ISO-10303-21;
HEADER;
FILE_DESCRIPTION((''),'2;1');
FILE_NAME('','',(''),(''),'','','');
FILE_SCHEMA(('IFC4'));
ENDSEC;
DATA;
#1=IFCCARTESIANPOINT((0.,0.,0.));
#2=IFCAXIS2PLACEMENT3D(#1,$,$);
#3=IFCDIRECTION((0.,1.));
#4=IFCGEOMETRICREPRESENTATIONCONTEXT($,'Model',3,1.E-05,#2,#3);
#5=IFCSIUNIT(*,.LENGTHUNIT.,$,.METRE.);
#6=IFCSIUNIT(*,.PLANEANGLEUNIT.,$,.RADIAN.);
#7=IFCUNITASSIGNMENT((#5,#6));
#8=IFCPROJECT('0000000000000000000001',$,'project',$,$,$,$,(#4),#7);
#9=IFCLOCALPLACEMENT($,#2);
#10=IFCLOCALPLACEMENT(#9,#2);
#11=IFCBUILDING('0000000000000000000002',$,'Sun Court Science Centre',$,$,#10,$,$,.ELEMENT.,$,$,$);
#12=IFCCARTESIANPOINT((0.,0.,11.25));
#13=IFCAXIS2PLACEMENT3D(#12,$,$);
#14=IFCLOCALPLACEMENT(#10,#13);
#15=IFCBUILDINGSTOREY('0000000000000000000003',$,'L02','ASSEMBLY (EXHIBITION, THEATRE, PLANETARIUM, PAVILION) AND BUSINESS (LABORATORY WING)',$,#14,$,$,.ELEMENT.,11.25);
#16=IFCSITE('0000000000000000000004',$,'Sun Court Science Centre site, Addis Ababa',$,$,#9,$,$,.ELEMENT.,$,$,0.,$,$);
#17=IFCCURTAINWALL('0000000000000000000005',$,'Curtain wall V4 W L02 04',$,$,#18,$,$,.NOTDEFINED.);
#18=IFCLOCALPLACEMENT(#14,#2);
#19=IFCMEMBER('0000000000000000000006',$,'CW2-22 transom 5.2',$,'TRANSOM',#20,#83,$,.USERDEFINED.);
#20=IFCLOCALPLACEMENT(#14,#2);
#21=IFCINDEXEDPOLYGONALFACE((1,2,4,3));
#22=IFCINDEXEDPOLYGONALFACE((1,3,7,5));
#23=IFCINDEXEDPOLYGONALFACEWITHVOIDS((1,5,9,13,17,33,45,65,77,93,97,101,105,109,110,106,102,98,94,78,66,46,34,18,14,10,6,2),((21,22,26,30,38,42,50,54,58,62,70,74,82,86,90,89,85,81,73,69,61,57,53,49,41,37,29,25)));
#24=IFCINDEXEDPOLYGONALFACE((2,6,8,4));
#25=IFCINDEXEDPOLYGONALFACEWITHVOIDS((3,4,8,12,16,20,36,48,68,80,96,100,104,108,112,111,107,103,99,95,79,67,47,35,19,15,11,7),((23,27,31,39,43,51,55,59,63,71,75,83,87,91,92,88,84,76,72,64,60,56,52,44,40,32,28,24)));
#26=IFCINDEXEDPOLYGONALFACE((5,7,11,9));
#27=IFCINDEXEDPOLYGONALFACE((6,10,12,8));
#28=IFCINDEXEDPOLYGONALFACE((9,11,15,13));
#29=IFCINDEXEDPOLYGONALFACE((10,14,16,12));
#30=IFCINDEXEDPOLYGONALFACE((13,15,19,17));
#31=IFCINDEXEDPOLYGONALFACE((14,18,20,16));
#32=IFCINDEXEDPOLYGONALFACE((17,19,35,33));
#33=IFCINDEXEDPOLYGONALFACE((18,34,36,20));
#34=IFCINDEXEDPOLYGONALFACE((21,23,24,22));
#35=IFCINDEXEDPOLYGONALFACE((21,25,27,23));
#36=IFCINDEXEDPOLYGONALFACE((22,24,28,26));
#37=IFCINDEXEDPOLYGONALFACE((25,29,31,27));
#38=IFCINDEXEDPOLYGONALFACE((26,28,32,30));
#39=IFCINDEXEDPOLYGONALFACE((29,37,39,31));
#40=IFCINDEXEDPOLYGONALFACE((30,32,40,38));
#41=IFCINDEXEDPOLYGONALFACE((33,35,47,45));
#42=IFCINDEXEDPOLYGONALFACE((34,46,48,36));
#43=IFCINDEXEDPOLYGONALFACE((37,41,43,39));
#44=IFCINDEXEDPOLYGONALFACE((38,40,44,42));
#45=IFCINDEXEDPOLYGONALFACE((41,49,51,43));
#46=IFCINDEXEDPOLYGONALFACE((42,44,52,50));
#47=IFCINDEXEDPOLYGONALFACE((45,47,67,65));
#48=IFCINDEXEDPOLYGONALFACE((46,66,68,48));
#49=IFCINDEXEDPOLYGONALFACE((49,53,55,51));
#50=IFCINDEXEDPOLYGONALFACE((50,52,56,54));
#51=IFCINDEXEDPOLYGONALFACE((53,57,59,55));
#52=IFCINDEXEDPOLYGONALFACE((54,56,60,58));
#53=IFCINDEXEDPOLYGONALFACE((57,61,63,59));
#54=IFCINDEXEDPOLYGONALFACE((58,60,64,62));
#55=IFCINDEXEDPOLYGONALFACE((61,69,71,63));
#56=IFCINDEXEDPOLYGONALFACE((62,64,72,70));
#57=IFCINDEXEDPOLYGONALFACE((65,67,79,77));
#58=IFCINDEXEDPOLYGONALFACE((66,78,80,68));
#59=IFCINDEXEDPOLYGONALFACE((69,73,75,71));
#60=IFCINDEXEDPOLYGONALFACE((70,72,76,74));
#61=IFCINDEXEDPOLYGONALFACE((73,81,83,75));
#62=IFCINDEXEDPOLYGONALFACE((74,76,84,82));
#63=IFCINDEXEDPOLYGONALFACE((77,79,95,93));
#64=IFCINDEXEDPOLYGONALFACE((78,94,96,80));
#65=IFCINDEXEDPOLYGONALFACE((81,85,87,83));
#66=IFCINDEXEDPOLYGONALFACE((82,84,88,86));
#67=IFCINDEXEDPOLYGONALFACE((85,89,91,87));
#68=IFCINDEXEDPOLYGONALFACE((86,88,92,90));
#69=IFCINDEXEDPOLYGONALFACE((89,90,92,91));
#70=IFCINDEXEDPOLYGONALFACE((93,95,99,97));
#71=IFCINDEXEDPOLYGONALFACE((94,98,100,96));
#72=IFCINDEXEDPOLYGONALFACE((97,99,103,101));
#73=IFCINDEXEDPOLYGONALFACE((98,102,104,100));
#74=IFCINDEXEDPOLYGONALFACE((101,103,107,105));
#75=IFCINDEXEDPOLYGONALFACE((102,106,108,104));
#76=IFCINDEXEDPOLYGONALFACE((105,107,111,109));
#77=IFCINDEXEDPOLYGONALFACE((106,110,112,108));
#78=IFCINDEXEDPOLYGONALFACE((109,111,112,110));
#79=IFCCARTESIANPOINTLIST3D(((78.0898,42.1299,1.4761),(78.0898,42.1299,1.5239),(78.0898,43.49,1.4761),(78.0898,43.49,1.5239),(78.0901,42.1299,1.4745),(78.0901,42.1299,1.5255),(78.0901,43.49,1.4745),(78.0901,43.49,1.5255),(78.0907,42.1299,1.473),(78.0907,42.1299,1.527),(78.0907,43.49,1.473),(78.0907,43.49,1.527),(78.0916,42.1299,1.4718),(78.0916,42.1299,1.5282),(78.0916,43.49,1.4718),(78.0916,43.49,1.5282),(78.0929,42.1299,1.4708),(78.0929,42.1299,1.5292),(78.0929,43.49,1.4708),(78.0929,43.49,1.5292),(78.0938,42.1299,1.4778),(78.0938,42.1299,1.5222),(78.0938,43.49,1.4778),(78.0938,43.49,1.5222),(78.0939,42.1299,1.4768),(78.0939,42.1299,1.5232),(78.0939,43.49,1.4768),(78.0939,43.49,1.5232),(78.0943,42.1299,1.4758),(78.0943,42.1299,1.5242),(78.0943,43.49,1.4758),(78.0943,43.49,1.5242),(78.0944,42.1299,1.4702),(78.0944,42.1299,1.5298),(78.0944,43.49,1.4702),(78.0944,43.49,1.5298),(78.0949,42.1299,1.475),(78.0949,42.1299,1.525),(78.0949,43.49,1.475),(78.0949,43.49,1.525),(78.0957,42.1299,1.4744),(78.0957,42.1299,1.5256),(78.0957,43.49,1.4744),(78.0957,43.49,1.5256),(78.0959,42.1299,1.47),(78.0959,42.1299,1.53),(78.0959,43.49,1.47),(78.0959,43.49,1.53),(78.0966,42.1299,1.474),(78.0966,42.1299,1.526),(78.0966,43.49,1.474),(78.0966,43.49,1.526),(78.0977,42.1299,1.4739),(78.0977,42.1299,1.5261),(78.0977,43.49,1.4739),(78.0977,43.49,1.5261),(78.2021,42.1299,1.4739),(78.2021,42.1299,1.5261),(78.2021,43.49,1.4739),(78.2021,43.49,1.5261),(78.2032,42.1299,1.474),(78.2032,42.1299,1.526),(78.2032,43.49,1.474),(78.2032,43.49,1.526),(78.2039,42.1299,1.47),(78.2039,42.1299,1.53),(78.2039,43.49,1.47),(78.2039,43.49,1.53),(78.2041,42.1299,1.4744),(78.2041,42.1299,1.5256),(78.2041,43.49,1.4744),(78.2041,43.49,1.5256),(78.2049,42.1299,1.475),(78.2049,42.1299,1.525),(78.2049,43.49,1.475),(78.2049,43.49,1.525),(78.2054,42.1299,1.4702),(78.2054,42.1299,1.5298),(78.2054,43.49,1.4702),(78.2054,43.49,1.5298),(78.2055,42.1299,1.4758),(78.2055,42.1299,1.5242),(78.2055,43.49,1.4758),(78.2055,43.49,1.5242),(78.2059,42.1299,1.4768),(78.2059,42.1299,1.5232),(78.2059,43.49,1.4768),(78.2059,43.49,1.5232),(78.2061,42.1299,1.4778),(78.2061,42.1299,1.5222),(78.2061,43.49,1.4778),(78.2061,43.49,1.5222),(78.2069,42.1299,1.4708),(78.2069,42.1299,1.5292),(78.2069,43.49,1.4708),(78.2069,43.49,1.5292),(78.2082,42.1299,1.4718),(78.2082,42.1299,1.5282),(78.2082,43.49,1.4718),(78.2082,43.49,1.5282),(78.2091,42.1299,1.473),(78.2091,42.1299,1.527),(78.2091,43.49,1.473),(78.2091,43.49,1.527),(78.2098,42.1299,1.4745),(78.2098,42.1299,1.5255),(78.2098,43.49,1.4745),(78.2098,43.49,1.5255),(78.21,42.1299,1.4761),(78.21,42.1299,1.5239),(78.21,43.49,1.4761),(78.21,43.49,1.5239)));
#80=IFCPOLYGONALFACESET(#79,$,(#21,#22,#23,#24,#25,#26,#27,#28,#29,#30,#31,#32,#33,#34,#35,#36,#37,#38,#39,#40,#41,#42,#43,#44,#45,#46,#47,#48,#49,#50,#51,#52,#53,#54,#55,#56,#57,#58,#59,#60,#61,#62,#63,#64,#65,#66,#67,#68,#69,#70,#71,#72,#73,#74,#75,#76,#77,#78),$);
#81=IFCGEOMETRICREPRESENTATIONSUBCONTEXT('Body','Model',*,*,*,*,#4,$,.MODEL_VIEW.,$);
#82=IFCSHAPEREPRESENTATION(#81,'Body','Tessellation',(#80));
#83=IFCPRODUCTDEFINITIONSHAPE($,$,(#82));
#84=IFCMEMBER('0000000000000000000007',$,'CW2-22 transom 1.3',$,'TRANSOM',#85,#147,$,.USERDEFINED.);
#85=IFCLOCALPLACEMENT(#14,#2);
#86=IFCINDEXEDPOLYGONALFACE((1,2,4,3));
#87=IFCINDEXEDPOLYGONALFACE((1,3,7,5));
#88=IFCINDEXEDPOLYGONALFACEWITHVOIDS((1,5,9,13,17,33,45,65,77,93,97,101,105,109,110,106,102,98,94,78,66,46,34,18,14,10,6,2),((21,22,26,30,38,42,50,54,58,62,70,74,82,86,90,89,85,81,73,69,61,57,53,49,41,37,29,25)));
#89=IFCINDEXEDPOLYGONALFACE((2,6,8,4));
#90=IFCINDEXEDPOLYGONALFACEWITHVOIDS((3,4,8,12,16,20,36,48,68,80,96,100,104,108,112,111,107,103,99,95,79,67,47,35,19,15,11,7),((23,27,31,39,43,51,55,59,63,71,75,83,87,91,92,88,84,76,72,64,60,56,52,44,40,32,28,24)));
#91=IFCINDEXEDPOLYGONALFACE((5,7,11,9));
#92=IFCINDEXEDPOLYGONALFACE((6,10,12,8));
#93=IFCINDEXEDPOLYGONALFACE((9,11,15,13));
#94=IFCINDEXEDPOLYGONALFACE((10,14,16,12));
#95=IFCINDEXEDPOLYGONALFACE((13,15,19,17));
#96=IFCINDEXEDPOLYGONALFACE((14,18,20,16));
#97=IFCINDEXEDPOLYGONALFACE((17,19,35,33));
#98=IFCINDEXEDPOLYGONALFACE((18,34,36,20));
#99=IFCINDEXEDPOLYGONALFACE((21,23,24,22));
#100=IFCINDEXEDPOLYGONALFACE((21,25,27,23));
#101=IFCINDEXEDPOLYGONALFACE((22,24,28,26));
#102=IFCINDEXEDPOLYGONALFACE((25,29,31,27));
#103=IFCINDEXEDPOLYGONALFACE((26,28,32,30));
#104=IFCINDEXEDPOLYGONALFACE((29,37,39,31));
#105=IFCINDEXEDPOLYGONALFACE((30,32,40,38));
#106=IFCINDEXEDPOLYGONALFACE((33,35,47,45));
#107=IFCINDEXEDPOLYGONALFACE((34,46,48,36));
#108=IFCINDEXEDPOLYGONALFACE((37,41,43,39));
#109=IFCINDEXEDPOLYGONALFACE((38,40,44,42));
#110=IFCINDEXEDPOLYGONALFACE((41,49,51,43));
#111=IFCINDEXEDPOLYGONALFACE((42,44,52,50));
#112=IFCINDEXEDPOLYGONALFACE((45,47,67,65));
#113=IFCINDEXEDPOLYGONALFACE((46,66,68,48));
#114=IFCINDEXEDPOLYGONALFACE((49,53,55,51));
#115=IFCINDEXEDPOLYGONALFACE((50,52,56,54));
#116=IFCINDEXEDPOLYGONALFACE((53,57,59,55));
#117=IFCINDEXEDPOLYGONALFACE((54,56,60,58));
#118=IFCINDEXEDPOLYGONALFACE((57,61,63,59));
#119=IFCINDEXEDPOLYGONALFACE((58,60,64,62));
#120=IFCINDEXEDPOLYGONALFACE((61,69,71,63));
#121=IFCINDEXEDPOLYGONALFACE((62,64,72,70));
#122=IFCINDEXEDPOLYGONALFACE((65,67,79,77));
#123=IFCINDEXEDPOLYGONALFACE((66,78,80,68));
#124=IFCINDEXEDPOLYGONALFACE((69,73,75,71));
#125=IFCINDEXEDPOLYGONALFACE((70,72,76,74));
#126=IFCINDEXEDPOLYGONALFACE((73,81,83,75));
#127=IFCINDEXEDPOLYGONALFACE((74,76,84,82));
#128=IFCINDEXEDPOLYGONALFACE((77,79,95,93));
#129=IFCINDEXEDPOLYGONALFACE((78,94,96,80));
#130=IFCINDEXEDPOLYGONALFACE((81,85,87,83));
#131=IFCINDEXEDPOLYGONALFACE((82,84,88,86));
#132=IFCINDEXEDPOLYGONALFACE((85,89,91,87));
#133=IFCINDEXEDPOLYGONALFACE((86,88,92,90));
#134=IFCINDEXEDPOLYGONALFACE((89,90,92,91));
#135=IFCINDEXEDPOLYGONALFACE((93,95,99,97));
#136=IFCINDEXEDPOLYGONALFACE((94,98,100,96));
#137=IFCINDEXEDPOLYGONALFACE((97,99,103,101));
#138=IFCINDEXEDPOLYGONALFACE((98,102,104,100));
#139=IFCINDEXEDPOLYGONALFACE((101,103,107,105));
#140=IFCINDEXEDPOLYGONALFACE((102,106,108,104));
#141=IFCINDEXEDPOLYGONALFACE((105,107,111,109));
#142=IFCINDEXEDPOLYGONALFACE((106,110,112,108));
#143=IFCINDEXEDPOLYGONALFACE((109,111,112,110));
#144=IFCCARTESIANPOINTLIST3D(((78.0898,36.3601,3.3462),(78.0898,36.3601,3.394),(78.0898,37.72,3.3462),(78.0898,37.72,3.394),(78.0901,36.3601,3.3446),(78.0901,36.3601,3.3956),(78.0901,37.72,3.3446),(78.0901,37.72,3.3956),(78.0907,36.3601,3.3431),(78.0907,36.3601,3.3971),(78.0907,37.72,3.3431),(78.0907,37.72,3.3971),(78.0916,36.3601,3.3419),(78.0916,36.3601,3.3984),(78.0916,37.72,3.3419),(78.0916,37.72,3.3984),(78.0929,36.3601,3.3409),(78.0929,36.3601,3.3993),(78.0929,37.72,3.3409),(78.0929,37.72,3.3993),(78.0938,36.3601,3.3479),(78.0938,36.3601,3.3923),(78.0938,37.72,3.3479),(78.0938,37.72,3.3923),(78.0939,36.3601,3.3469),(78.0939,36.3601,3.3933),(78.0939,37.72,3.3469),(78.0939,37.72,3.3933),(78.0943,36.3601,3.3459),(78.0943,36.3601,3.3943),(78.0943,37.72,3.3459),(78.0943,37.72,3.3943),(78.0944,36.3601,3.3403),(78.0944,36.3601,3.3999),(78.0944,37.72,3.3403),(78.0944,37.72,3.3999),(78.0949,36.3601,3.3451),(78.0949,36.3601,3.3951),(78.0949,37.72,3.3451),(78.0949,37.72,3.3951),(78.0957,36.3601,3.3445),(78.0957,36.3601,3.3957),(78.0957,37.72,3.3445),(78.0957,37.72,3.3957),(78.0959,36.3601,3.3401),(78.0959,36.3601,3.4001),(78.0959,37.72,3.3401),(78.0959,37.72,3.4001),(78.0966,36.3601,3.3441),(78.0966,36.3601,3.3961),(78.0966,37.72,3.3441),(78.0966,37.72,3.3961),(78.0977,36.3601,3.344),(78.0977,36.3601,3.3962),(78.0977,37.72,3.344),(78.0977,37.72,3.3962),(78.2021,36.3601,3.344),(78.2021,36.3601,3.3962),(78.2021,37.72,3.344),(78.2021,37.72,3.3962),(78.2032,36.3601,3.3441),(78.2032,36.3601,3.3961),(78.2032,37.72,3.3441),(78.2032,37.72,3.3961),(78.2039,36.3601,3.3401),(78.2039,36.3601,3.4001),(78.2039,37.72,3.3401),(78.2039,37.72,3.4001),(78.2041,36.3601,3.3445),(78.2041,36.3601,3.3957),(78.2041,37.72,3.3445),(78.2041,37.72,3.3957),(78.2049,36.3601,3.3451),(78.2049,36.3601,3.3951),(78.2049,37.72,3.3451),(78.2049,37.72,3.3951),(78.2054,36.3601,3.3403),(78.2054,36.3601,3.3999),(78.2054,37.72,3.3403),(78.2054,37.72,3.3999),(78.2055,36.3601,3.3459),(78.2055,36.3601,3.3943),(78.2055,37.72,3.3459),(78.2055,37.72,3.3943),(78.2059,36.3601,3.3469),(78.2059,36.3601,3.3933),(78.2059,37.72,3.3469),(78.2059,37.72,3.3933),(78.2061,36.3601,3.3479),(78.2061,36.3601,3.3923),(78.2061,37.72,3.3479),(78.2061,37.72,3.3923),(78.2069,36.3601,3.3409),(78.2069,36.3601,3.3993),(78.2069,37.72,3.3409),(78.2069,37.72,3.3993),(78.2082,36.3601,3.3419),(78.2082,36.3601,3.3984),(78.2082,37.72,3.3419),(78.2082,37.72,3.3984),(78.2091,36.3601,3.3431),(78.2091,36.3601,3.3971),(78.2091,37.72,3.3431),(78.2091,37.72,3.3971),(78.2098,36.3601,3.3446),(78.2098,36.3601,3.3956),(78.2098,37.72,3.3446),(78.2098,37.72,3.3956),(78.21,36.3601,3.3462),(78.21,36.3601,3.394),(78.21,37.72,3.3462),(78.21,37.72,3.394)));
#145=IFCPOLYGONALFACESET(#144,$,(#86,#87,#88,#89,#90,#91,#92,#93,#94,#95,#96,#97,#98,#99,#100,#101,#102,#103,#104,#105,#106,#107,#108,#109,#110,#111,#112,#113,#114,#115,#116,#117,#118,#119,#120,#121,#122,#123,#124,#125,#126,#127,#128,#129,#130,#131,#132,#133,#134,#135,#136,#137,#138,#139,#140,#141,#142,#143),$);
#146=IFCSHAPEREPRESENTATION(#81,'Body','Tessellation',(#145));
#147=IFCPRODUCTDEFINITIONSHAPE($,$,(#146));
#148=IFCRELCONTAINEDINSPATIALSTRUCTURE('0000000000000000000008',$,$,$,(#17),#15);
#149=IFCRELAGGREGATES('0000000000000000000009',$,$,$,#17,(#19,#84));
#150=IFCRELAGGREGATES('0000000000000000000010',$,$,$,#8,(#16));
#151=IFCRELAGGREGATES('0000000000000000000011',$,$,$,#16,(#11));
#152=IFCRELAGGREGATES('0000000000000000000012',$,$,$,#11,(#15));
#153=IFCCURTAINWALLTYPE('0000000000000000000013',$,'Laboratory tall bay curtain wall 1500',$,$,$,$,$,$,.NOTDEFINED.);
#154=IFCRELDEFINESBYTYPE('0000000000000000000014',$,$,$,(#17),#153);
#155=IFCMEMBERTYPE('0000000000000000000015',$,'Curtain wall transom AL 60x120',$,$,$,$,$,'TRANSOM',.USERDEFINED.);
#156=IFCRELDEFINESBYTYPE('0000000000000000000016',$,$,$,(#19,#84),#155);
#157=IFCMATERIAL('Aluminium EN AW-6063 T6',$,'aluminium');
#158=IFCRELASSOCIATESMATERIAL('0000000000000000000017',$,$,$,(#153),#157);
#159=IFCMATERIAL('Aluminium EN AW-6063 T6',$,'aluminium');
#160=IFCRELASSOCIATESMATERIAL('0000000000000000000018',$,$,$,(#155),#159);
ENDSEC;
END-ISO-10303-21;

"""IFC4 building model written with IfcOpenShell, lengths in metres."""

from ifc_helpers import new_model, si_unit, direction, frame, origin, origin_2d, place, context, subcontext, project, spatial, hollow_rectangle, extrude, material, material_profile, profile_set, type_object, element, aggregate, save


model = new_model("IFC4")

# Units and contexts
model_context = context("Model", 3, precision=1e-05, world=origin(), true_north=direction((0.0, 1.0)))
body_context = subcontext(model_context, "Body", "Model", "MODEL_VIEW")
ifc_project = project(units=[si_unit("LENGTHUNIT", "METRE"), si_unit("PLANEANGLEUNIT", "RADIAN")], contexts=[model_context])

# Site, building, storey
site_placement = place(None, origin())
site = spatial("IfcSite", under=ifc_project, at=site_placement, Name="Sun Court Science Centre site, Addis Ababa", CompositionType="ELEMENT", RefElevation=0.0)
building_placement = place(site_placement, origin())
building = spatial("IfcBuilding", under=site, at=building_placement, Name="Sun Court Science Centre", CompositionType="ELEMENT")
storey_placement = place(building_placement, frame((0.0, 0.0, 11.25)))
storey = spatial("IfcBuildingStorey", under=building, at=storey_placement, Name="L02", Description="ASSEMBLY (EXHIBITION, THEATRE, PLANETARIUM, PAVILION) AND BUSINESS (LABORATORY WING)", CompositionType="ELEMENT", Elevation=11.25)

# Curtain wall, members
ifc_material_1 = material(Name="Aluminium EN AW-6063 T6", Category="aluminium")
curtain_wall_type = type_object("IfcCurtainWallType", Name="Laboratory tall bay curtain wall 1500", PredefinedType="NOTDEFINED", material=ifc_material_1)
curtain_wall_placement = place(storey_placement, origin())
curtain_wall = element("IfcCurtainWall", 1, at=curtain_wall_placement, inside=storey, type_object=curtain_wall_type, Name="Curtain wall V4 W L02 04", PredefinedType="NOTDEFINED")
ifc_material_2 = material(Name="Aluminium EN AW-6063 T6", Category="aluminium")
ifc_material_profile_1 = material_profile(ifc_material_2, hollow_rectangle(XDim=0.0601, YDim=0.1201, WallThickness=0.0039, InnerFilletRadius=0.0039, OuterFilletRadius=0.0061, at=origin_2d()), Name="AL 60x120x4")
ifc_profile_set_1 = profile_set([ifc_material_profile_1], Name="Aluminium EN AW-6063 T6")
member_type_1 = type_object("IfcMemberType", Name="Curtain wall transom AL 60x120", ElementType="TRANSOM", PredefinedType="USERDEFINED", material=ifc_profile_set_1)
member_1_placement = place(storey_placement, frame((78.1499, 42.1299, 1.5), z_axis=(0.0, 1.0, 0.0), x_axis=(0.0, 0.0, 1.0)))
member_1 = element("IfcMember", 2, at=member_1_placement, type_object=member_type_1, Name="CW2-22 transom 5.2", ObjectType="TRANSOM", PredefinedType="USERDEFINED", context=body_context, shape_type="SweptSolid", body=[
    extrude(hollow_rectangle(XDim=0.0601, YDim=0.1201, WallThickness=0.0039, InnerFilletRadius=0.0039, OuterFilletRadius=0.0061, at=origin_2d()), origin(), (0.0, 0.0, 1.0), 1.3601),
])
member_2_placement = place(storey_placement, frame((78.1499, 36.3601, 3.3701), z_axis=(0.0, 1.0, 0.0), x_axis=(0.0, 0.0, 1.0)))
member_2 = element("IfcMember", 3, at=member_2_placement, type_object=member_type_1, Name="CW2-22 transom 1.3", ObjectType="TRANSOM", PredefinedType="USERDEFINED", context=body_context, shape_type="SweptSolid", body=[
    extrude(hollow_rectangle(XDim=0.0601, YDim=0.1201, WallThickness=0.0039, InnerFilletRadius=0.0039, OuterFilletRadius=0.0061, at=origin_2d()), origin(), (0.0, 0.0, 1.0), 1.3599),
])
aggregate(curtain_wall, [member_1, member_2])

save(model, "model.ifc")
